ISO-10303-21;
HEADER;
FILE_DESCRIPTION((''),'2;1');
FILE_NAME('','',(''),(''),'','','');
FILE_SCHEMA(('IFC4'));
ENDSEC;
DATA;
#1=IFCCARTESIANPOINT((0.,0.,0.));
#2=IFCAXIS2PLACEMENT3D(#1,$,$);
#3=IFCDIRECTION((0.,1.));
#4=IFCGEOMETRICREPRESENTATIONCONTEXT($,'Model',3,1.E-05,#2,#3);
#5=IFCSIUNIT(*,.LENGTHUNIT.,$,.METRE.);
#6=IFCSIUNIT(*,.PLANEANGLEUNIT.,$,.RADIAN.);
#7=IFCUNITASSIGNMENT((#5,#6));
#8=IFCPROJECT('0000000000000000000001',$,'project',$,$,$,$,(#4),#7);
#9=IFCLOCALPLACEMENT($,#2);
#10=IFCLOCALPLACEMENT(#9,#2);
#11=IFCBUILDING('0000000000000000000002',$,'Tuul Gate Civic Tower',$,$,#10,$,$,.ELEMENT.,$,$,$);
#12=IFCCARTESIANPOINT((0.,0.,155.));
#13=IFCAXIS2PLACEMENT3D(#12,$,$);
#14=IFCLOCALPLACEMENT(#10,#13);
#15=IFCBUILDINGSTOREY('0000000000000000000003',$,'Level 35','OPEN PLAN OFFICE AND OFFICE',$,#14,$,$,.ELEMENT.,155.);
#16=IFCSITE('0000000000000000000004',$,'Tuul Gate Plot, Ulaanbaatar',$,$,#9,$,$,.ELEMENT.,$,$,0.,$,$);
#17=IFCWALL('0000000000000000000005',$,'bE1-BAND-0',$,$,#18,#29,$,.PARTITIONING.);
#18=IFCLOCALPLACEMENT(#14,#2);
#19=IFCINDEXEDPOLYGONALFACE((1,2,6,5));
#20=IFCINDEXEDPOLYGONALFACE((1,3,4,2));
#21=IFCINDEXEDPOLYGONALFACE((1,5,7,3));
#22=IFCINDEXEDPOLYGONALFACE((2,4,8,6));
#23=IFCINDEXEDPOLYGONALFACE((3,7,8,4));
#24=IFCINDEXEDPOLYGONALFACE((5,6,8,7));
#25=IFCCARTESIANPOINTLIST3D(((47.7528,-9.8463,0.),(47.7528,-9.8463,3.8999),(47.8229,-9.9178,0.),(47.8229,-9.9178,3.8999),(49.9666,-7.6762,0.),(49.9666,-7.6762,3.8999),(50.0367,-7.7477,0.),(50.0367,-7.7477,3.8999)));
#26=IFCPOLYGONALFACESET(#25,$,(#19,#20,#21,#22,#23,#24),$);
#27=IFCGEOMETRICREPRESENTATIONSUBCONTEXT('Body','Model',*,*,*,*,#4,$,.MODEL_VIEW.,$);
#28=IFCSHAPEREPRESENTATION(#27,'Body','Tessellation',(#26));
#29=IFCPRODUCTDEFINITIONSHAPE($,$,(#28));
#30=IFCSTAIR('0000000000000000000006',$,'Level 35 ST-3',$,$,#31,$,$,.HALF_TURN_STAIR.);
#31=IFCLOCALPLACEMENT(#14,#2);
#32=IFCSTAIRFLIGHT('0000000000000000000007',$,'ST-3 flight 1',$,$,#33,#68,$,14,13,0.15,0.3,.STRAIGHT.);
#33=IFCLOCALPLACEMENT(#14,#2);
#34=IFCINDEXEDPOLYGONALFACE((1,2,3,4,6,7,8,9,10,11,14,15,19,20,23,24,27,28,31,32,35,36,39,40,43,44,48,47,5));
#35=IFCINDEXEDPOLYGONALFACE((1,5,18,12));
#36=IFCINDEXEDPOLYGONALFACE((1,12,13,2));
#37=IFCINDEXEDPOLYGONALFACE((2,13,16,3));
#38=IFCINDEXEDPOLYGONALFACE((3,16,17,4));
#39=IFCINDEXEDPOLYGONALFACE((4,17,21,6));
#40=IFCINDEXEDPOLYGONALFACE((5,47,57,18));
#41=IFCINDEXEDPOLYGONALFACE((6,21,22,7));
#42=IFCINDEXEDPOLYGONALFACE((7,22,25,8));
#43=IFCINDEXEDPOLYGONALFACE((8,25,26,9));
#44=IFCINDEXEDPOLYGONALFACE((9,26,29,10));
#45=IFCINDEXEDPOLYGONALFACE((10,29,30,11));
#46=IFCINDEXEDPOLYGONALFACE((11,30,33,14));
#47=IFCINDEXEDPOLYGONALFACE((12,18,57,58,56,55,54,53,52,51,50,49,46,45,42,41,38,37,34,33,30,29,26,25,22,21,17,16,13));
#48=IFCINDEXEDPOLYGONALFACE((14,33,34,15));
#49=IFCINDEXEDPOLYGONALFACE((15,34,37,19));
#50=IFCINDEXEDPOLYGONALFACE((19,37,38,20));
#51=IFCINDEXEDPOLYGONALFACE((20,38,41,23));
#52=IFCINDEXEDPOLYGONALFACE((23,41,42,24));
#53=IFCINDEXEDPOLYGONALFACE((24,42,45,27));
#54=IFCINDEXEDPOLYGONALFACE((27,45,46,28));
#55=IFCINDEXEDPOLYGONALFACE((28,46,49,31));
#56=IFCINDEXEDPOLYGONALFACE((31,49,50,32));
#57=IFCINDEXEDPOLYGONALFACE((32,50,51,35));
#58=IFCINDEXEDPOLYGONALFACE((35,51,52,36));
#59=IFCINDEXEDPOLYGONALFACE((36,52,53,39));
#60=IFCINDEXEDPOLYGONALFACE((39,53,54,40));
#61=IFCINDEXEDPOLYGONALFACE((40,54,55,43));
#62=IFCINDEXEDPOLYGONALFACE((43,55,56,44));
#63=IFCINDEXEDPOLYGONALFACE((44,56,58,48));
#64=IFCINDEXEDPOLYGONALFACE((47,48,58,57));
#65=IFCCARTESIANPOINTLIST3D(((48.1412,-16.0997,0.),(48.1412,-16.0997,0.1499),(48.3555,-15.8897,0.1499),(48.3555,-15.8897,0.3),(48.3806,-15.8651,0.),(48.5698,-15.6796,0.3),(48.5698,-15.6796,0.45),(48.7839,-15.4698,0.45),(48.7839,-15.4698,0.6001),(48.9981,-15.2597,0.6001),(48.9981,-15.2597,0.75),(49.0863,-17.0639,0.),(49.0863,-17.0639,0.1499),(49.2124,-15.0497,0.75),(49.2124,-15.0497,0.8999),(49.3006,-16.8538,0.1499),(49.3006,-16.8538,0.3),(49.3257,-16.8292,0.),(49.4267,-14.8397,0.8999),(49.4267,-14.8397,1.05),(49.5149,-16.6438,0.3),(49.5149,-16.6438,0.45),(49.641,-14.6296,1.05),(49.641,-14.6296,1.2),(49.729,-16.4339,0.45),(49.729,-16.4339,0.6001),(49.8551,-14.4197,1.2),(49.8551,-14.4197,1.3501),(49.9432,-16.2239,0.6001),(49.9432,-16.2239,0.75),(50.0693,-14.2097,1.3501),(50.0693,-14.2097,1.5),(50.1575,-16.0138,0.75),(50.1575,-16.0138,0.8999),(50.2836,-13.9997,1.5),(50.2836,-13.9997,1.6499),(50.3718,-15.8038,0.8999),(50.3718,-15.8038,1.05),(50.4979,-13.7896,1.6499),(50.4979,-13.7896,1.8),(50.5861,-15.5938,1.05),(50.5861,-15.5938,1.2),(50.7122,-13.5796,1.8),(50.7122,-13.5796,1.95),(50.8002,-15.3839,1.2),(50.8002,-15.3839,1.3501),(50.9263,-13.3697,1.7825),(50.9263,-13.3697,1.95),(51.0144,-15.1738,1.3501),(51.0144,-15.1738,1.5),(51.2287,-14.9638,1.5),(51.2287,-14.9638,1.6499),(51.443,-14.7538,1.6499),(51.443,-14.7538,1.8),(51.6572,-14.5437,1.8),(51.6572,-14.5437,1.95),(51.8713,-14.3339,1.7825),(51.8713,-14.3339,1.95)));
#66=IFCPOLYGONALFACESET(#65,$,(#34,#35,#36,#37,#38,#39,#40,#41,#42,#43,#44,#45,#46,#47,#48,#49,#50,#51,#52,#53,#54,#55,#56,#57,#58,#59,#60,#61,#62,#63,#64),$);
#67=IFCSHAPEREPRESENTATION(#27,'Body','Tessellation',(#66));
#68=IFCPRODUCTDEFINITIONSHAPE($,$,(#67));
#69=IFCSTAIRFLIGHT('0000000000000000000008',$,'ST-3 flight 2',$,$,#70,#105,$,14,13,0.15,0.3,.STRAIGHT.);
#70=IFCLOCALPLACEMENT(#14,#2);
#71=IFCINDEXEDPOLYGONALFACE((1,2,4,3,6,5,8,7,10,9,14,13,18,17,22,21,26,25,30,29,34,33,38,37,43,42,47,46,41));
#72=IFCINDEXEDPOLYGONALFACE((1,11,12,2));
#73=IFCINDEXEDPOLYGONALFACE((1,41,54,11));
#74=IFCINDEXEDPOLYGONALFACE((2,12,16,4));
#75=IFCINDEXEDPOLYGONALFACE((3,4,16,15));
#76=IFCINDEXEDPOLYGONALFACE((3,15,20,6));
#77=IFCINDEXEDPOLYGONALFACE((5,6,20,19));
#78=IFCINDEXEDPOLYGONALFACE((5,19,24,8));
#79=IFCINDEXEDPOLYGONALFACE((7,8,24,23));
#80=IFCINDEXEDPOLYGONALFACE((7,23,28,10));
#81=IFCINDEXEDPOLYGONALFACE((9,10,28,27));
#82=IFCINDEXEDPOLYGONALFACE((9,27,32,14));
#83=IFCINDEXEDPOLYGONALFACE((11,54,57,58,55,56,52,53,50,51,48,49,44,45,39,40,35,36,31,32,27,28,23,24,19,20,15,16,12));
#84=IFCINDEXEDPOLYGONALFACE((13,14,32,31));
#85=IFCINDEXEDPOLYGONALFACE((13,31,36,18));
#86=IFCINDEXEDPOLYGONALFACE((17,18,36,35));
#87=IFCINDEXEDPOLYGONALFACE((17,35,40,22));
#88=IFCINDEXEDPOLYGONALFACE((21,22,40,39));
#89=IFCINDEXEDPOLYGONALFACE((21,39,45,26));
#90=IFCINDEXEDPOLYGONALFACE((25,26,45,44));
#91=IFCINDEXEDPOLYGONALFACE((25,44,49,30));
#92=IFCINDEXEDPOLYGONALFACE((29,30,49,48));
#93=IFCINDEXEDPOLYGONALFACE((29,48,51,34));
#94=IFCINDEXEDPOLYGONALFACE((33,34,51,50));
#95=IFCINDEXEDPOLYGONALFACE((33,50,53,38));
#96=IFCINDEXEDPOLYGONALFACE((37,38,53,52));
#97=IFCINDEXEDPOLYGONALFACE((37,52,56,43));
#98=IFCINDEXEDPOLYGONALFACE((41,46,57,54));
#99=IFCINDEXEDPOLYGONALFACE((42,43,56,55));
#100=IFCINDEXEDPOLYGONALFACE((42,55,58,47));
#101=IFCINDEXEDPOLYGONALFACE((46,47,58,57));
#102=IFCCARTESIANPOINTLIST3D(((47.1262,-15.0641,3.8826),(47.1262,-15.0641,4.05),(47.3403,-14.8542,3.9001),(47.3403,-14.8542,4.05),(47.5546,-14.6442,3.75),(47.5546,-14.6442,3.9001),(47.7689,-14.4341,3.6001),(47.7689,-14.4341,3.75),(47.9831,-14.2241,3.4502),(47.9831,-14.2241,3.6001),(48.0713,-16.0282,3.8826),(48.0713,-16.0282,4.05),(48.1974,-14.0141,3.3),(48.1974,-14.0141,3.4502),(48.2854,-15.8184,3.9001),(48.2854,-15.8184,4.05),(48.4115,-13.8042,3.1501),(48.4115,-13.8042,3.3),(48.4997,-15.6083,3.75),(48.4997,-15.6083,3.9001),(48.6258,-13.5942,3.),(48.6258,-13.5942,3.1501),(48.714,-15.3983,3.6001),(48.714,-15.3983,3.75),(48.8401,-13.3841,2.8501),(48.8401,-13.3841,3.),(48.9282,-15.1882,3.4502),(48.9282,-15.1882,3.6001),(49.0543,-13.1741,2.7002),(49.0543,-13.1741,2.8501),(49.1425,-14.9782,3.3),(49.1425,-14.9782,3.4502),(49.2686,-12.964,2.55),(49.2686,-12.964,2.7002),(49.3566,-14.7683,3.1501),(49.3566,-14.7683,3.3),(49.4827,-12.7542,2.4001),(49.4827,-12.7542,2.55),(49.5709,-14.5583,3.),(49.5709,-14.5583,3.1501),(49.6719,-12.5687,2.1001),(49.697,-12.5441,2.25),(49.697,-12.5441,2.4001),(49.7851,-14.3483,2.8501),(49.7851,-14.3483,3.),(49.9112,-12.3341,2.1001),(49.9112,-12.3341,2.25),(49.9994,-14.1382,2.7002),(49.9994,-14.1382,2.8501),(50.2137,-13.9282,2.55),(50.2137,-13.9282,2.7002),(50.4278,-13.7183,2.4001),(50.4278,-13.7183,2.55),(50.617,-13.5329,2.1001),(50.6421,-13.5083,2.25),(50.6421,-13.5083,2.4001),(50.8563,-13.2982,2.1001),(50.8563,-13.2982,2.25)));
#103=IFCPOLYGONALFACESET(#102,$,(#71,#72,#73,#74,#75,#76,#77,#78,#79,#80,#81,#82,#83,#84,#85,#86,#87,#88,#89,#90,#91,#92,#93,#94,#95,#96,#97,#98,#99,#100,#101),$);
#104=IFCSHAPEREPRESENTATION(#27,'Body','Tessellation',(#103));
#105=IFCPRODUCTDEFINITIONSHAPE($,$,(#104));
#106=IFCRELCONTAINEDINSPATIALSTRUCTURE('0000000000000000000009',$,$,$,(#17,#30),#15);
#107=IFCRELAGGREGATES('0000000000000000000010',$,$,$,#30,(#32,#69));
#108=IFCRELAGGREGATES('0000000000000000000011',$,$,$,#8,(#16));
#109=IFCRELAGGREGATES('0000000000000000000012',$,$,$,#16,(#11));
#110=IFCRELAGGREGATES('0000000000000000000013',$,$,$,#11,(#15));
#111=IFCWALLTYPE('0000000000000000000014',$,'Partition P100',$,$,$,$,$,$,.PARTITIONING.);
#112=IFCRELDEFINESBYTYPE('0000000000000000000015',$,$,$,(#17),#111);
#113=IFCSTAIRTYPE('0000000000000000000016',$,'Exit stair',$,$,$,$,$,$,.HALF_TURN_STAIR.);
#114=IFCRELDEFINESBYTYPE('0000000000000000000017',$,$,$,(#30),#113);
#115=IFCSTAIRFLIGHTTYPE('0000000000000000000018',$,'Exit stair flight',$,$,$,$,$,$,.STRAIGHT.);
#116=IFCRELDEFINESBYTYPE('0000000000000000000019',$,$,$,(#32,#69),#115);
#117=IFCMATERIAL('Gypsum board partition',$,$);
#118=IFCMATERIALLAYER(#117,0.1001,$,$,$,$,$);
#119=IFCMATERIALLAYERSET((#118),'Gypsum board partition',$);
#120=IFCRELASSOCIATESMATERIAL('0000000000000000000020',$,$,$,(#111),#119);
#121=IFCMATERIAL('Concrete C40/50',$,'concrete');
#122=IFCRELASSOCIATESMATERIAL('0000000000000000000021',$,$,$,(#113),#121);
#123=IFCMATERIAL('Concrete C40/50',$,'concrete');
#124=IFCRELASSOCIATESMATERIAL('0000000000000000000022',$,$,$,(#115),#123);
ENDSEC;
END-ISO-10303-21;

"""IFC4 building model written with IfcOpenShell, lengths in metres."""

from ifc_helpers import new_model, si_unit, direction, frame, frame_2d, origin, place, context, subcontext, project, spatial, polyline, rectangle, outline, extrude, material, layer, layer_set, type_object, element, aggregate, save


model = new_model("IFC4")

# Units and contexts
model_context = context("Model", 3, precision=1e-05, world=origin(), true_north=direction((0.0, 1.0)))
body_context = subcontext(model_context, "Body", "Model", "MODEL_VIEW")
ifc_project = project(units=[si_unit("LENGTHUNIT", "METRE"), si_unit("PLANEANGLEUNIT", "RADIAN")], contexts=[model_context])

# Site, building, storey
site_placement = place(None, origin())
site = spatial("IfcSite", under=ifc_project, at=site_placement, Name="Tuul Gate Plot, Ulaanbaatar", CompositionType="ELEMENT", RefElevation=0.0)
building_placement = place(site_placement, origin())
building = spatial("IfcBuilding", under=site, at=building_placement, Name="Tuul Gate Civic Tower", CompositionType="ELEMENT")
storey_placement = place(building_placement, frame((0.0, 0.0, 155.0)))
storey = spatial("IfcBuildingStorey", under=building, at=storey_placement, Name="Level 35", Description="OPEN PLAN OFFICE AND OFFICE", CompositionType="ELEMENT", Elevation=155.0)

# Wall
ifc_material_1 = material(Name="Gypsum board partition")
ifc_layer_1 = layer(ifc_material_1, 0.1001)
ifc_layer_set_1 = layer_set([ifc_layer_1], Name="Gypsum board partition")
wall_type_1 = type_object("IfcWallType", Name="Partition P100", PredefinedType="PARTITIONING", material=ifc_layer_set_1)
wall_1_placement = place(storey_placement, frame((47.7878, -9.8821, 0.0), z_axis=(0.0, 0.0, 1.0), x_axis=(0.71412, 0.700023, 0.0)))
element("IfcWall", 1, at=wall_1_placement, inside=storey, type_object=wall_type_1, Name="bE1-BAND-0", PredefinedType="PARTITIONING", context=body_context, shape_type="SweptSolid", body=[
    extrude(rectangle(XDim=3.1001, YDim=0.1001, at=frame_2d((1.55, 0.0))), origin(), (0.0, 0.0, 1.0), 3.8999),
])

# Stair, stair flights
ifc_material_2 = material(Name="Concrete C40/50", Category="concrete")
stair_type = type_object("IfcStairType", Name="Exit stair", PredefinedType="HALF_TURN_STAIR", material=ifc_material_2)
stair_placement = place(storey_placement, origin())
stair = element("IfcStair", 2, at=stair_placement, inside=storey, type_object=stair_type, Name="Level 35 ST-3", PredefinedType="HALF_TURN_STAIR")
ifc_material_3 = material(Name="Concrete C40/50", Category="concrete")
stair_flight_type = type_object("IfcStairFlightType", Name="Exit stair flight", PredefinedType="STRAIGHT", material=ifc_material_3)
stair_flight_1_placement = place(storey_placement, frame((48.6138, -16.5818, 0.0), z_axis=(0.0, 0.0, 1.0), x_axis=(0.714127, 0.700016, 0.0)))
stair_flight_1 = element("IfcStairFlight", 3, at=stair_flight_1_placement, type_object=stair_flight_type, Name="ST-3 flight 1", NumberOfRisers=14, NumberOfTreads=13, PredefinedType="STRAIGHT", RiserHeight=0.15, TreadLength=0.3, context=body_context, shape_type="SweptSolid", body=[
    extrude(outline(polyline([(0.0, 0.0), (0.0, 0.1499), (0.3, 0.1499), (0.3, 0.3), (0.6001, 0.3), (0.6001, 0.45), (0.8999, 0.45), (0.8999, 0.6001), (1.2, 0.6001), (1.2, 0.75), (1.5, 0.75), (1.5, 0.8999), (1.8, 0.8999), (1.8, 1.05), (2.1001, 1.05), (2.1001, 1.2), (2.3999, 1.2), (2.3999, 1.3501), (2.7, 1.3501), (2.7, 1.5), (3.0, 1.5), (3.0, 1.6499), (3.3, 1.6499), (3.3, 1.8), (3.6001, 1.8), (3.6001, 1.95), (3.8999, 1.95), (3.8999, 2.1001), (3.8999, 1.7825), (0.3352, 0.0), (0.0, 0.0)])), frame((0.0, 0.675, 0.0), z_axis=(0.0, -1.0, 0.0), x_axis=(1.0, 0.0, 0.0)), (0.0, 0.0, 1.0), 1.3501),
])
stair_flight_2_placement = place(storey_placement, frame((50.3838, -12.8162, 2.1001), z_axis=(0.0, 0.0, 1.0), x_axis=(-0.714127, -0.700016, 0.0)))
stair_flight_2 = element("IfcStairFlight", 4, at=stair_flight_2_placement, type_object=stair_flight_type, Name="ST-3 flight 2", NumberOfRisers=14, NumberOfTreads=13, PredefinedType="STRAIGHT", RiserHeight=0.15, TreadLength=0.3, context=body_context, shape_type="SweptSolid", body=[
    extrude(outline(polyline([(0.0, 0.0), (0.0, 0.1499), (0.3, 0.1499), (0.3, 0.3), (0.6001, 0.3), (0.6001, 0.45), (0.8999, 0.45), (0.8999, 0.6001), (1.2, 0.6001), (1.2, 0.75), (1.5, 0.75), (1.5, 0.8999), (1.8, 0.8999), (1.8, 1.05), (2.1001, 1.05), (2.1001, 1.2), (2.3999, 1.2), (2.3999, 1.3501), (2.7, 1.3501), (2.7, 1.5), (3.0, 1.5), (3.0, 1.6499), (3.3, 1.6499), (3.3, 1.8), (3.6001, 1.8), (3.6001, 1.95), (3.8999, 1.95), (3.8999, 2.1001), (3.8999, 1.7825), (0.3352, 0.0), (0.0, 0.0)])), frame((0.0, 0.675, 0.0), z_axis=(0.0, -1.0, 0.0), x_axis=(1.0, 0.0, 0.0)), (0.0, 0.0, 1.0), 1.3501),
])
aggregate(stair, [stair_flight_1, stair_flight_2])

save(model, "model.ifc")
